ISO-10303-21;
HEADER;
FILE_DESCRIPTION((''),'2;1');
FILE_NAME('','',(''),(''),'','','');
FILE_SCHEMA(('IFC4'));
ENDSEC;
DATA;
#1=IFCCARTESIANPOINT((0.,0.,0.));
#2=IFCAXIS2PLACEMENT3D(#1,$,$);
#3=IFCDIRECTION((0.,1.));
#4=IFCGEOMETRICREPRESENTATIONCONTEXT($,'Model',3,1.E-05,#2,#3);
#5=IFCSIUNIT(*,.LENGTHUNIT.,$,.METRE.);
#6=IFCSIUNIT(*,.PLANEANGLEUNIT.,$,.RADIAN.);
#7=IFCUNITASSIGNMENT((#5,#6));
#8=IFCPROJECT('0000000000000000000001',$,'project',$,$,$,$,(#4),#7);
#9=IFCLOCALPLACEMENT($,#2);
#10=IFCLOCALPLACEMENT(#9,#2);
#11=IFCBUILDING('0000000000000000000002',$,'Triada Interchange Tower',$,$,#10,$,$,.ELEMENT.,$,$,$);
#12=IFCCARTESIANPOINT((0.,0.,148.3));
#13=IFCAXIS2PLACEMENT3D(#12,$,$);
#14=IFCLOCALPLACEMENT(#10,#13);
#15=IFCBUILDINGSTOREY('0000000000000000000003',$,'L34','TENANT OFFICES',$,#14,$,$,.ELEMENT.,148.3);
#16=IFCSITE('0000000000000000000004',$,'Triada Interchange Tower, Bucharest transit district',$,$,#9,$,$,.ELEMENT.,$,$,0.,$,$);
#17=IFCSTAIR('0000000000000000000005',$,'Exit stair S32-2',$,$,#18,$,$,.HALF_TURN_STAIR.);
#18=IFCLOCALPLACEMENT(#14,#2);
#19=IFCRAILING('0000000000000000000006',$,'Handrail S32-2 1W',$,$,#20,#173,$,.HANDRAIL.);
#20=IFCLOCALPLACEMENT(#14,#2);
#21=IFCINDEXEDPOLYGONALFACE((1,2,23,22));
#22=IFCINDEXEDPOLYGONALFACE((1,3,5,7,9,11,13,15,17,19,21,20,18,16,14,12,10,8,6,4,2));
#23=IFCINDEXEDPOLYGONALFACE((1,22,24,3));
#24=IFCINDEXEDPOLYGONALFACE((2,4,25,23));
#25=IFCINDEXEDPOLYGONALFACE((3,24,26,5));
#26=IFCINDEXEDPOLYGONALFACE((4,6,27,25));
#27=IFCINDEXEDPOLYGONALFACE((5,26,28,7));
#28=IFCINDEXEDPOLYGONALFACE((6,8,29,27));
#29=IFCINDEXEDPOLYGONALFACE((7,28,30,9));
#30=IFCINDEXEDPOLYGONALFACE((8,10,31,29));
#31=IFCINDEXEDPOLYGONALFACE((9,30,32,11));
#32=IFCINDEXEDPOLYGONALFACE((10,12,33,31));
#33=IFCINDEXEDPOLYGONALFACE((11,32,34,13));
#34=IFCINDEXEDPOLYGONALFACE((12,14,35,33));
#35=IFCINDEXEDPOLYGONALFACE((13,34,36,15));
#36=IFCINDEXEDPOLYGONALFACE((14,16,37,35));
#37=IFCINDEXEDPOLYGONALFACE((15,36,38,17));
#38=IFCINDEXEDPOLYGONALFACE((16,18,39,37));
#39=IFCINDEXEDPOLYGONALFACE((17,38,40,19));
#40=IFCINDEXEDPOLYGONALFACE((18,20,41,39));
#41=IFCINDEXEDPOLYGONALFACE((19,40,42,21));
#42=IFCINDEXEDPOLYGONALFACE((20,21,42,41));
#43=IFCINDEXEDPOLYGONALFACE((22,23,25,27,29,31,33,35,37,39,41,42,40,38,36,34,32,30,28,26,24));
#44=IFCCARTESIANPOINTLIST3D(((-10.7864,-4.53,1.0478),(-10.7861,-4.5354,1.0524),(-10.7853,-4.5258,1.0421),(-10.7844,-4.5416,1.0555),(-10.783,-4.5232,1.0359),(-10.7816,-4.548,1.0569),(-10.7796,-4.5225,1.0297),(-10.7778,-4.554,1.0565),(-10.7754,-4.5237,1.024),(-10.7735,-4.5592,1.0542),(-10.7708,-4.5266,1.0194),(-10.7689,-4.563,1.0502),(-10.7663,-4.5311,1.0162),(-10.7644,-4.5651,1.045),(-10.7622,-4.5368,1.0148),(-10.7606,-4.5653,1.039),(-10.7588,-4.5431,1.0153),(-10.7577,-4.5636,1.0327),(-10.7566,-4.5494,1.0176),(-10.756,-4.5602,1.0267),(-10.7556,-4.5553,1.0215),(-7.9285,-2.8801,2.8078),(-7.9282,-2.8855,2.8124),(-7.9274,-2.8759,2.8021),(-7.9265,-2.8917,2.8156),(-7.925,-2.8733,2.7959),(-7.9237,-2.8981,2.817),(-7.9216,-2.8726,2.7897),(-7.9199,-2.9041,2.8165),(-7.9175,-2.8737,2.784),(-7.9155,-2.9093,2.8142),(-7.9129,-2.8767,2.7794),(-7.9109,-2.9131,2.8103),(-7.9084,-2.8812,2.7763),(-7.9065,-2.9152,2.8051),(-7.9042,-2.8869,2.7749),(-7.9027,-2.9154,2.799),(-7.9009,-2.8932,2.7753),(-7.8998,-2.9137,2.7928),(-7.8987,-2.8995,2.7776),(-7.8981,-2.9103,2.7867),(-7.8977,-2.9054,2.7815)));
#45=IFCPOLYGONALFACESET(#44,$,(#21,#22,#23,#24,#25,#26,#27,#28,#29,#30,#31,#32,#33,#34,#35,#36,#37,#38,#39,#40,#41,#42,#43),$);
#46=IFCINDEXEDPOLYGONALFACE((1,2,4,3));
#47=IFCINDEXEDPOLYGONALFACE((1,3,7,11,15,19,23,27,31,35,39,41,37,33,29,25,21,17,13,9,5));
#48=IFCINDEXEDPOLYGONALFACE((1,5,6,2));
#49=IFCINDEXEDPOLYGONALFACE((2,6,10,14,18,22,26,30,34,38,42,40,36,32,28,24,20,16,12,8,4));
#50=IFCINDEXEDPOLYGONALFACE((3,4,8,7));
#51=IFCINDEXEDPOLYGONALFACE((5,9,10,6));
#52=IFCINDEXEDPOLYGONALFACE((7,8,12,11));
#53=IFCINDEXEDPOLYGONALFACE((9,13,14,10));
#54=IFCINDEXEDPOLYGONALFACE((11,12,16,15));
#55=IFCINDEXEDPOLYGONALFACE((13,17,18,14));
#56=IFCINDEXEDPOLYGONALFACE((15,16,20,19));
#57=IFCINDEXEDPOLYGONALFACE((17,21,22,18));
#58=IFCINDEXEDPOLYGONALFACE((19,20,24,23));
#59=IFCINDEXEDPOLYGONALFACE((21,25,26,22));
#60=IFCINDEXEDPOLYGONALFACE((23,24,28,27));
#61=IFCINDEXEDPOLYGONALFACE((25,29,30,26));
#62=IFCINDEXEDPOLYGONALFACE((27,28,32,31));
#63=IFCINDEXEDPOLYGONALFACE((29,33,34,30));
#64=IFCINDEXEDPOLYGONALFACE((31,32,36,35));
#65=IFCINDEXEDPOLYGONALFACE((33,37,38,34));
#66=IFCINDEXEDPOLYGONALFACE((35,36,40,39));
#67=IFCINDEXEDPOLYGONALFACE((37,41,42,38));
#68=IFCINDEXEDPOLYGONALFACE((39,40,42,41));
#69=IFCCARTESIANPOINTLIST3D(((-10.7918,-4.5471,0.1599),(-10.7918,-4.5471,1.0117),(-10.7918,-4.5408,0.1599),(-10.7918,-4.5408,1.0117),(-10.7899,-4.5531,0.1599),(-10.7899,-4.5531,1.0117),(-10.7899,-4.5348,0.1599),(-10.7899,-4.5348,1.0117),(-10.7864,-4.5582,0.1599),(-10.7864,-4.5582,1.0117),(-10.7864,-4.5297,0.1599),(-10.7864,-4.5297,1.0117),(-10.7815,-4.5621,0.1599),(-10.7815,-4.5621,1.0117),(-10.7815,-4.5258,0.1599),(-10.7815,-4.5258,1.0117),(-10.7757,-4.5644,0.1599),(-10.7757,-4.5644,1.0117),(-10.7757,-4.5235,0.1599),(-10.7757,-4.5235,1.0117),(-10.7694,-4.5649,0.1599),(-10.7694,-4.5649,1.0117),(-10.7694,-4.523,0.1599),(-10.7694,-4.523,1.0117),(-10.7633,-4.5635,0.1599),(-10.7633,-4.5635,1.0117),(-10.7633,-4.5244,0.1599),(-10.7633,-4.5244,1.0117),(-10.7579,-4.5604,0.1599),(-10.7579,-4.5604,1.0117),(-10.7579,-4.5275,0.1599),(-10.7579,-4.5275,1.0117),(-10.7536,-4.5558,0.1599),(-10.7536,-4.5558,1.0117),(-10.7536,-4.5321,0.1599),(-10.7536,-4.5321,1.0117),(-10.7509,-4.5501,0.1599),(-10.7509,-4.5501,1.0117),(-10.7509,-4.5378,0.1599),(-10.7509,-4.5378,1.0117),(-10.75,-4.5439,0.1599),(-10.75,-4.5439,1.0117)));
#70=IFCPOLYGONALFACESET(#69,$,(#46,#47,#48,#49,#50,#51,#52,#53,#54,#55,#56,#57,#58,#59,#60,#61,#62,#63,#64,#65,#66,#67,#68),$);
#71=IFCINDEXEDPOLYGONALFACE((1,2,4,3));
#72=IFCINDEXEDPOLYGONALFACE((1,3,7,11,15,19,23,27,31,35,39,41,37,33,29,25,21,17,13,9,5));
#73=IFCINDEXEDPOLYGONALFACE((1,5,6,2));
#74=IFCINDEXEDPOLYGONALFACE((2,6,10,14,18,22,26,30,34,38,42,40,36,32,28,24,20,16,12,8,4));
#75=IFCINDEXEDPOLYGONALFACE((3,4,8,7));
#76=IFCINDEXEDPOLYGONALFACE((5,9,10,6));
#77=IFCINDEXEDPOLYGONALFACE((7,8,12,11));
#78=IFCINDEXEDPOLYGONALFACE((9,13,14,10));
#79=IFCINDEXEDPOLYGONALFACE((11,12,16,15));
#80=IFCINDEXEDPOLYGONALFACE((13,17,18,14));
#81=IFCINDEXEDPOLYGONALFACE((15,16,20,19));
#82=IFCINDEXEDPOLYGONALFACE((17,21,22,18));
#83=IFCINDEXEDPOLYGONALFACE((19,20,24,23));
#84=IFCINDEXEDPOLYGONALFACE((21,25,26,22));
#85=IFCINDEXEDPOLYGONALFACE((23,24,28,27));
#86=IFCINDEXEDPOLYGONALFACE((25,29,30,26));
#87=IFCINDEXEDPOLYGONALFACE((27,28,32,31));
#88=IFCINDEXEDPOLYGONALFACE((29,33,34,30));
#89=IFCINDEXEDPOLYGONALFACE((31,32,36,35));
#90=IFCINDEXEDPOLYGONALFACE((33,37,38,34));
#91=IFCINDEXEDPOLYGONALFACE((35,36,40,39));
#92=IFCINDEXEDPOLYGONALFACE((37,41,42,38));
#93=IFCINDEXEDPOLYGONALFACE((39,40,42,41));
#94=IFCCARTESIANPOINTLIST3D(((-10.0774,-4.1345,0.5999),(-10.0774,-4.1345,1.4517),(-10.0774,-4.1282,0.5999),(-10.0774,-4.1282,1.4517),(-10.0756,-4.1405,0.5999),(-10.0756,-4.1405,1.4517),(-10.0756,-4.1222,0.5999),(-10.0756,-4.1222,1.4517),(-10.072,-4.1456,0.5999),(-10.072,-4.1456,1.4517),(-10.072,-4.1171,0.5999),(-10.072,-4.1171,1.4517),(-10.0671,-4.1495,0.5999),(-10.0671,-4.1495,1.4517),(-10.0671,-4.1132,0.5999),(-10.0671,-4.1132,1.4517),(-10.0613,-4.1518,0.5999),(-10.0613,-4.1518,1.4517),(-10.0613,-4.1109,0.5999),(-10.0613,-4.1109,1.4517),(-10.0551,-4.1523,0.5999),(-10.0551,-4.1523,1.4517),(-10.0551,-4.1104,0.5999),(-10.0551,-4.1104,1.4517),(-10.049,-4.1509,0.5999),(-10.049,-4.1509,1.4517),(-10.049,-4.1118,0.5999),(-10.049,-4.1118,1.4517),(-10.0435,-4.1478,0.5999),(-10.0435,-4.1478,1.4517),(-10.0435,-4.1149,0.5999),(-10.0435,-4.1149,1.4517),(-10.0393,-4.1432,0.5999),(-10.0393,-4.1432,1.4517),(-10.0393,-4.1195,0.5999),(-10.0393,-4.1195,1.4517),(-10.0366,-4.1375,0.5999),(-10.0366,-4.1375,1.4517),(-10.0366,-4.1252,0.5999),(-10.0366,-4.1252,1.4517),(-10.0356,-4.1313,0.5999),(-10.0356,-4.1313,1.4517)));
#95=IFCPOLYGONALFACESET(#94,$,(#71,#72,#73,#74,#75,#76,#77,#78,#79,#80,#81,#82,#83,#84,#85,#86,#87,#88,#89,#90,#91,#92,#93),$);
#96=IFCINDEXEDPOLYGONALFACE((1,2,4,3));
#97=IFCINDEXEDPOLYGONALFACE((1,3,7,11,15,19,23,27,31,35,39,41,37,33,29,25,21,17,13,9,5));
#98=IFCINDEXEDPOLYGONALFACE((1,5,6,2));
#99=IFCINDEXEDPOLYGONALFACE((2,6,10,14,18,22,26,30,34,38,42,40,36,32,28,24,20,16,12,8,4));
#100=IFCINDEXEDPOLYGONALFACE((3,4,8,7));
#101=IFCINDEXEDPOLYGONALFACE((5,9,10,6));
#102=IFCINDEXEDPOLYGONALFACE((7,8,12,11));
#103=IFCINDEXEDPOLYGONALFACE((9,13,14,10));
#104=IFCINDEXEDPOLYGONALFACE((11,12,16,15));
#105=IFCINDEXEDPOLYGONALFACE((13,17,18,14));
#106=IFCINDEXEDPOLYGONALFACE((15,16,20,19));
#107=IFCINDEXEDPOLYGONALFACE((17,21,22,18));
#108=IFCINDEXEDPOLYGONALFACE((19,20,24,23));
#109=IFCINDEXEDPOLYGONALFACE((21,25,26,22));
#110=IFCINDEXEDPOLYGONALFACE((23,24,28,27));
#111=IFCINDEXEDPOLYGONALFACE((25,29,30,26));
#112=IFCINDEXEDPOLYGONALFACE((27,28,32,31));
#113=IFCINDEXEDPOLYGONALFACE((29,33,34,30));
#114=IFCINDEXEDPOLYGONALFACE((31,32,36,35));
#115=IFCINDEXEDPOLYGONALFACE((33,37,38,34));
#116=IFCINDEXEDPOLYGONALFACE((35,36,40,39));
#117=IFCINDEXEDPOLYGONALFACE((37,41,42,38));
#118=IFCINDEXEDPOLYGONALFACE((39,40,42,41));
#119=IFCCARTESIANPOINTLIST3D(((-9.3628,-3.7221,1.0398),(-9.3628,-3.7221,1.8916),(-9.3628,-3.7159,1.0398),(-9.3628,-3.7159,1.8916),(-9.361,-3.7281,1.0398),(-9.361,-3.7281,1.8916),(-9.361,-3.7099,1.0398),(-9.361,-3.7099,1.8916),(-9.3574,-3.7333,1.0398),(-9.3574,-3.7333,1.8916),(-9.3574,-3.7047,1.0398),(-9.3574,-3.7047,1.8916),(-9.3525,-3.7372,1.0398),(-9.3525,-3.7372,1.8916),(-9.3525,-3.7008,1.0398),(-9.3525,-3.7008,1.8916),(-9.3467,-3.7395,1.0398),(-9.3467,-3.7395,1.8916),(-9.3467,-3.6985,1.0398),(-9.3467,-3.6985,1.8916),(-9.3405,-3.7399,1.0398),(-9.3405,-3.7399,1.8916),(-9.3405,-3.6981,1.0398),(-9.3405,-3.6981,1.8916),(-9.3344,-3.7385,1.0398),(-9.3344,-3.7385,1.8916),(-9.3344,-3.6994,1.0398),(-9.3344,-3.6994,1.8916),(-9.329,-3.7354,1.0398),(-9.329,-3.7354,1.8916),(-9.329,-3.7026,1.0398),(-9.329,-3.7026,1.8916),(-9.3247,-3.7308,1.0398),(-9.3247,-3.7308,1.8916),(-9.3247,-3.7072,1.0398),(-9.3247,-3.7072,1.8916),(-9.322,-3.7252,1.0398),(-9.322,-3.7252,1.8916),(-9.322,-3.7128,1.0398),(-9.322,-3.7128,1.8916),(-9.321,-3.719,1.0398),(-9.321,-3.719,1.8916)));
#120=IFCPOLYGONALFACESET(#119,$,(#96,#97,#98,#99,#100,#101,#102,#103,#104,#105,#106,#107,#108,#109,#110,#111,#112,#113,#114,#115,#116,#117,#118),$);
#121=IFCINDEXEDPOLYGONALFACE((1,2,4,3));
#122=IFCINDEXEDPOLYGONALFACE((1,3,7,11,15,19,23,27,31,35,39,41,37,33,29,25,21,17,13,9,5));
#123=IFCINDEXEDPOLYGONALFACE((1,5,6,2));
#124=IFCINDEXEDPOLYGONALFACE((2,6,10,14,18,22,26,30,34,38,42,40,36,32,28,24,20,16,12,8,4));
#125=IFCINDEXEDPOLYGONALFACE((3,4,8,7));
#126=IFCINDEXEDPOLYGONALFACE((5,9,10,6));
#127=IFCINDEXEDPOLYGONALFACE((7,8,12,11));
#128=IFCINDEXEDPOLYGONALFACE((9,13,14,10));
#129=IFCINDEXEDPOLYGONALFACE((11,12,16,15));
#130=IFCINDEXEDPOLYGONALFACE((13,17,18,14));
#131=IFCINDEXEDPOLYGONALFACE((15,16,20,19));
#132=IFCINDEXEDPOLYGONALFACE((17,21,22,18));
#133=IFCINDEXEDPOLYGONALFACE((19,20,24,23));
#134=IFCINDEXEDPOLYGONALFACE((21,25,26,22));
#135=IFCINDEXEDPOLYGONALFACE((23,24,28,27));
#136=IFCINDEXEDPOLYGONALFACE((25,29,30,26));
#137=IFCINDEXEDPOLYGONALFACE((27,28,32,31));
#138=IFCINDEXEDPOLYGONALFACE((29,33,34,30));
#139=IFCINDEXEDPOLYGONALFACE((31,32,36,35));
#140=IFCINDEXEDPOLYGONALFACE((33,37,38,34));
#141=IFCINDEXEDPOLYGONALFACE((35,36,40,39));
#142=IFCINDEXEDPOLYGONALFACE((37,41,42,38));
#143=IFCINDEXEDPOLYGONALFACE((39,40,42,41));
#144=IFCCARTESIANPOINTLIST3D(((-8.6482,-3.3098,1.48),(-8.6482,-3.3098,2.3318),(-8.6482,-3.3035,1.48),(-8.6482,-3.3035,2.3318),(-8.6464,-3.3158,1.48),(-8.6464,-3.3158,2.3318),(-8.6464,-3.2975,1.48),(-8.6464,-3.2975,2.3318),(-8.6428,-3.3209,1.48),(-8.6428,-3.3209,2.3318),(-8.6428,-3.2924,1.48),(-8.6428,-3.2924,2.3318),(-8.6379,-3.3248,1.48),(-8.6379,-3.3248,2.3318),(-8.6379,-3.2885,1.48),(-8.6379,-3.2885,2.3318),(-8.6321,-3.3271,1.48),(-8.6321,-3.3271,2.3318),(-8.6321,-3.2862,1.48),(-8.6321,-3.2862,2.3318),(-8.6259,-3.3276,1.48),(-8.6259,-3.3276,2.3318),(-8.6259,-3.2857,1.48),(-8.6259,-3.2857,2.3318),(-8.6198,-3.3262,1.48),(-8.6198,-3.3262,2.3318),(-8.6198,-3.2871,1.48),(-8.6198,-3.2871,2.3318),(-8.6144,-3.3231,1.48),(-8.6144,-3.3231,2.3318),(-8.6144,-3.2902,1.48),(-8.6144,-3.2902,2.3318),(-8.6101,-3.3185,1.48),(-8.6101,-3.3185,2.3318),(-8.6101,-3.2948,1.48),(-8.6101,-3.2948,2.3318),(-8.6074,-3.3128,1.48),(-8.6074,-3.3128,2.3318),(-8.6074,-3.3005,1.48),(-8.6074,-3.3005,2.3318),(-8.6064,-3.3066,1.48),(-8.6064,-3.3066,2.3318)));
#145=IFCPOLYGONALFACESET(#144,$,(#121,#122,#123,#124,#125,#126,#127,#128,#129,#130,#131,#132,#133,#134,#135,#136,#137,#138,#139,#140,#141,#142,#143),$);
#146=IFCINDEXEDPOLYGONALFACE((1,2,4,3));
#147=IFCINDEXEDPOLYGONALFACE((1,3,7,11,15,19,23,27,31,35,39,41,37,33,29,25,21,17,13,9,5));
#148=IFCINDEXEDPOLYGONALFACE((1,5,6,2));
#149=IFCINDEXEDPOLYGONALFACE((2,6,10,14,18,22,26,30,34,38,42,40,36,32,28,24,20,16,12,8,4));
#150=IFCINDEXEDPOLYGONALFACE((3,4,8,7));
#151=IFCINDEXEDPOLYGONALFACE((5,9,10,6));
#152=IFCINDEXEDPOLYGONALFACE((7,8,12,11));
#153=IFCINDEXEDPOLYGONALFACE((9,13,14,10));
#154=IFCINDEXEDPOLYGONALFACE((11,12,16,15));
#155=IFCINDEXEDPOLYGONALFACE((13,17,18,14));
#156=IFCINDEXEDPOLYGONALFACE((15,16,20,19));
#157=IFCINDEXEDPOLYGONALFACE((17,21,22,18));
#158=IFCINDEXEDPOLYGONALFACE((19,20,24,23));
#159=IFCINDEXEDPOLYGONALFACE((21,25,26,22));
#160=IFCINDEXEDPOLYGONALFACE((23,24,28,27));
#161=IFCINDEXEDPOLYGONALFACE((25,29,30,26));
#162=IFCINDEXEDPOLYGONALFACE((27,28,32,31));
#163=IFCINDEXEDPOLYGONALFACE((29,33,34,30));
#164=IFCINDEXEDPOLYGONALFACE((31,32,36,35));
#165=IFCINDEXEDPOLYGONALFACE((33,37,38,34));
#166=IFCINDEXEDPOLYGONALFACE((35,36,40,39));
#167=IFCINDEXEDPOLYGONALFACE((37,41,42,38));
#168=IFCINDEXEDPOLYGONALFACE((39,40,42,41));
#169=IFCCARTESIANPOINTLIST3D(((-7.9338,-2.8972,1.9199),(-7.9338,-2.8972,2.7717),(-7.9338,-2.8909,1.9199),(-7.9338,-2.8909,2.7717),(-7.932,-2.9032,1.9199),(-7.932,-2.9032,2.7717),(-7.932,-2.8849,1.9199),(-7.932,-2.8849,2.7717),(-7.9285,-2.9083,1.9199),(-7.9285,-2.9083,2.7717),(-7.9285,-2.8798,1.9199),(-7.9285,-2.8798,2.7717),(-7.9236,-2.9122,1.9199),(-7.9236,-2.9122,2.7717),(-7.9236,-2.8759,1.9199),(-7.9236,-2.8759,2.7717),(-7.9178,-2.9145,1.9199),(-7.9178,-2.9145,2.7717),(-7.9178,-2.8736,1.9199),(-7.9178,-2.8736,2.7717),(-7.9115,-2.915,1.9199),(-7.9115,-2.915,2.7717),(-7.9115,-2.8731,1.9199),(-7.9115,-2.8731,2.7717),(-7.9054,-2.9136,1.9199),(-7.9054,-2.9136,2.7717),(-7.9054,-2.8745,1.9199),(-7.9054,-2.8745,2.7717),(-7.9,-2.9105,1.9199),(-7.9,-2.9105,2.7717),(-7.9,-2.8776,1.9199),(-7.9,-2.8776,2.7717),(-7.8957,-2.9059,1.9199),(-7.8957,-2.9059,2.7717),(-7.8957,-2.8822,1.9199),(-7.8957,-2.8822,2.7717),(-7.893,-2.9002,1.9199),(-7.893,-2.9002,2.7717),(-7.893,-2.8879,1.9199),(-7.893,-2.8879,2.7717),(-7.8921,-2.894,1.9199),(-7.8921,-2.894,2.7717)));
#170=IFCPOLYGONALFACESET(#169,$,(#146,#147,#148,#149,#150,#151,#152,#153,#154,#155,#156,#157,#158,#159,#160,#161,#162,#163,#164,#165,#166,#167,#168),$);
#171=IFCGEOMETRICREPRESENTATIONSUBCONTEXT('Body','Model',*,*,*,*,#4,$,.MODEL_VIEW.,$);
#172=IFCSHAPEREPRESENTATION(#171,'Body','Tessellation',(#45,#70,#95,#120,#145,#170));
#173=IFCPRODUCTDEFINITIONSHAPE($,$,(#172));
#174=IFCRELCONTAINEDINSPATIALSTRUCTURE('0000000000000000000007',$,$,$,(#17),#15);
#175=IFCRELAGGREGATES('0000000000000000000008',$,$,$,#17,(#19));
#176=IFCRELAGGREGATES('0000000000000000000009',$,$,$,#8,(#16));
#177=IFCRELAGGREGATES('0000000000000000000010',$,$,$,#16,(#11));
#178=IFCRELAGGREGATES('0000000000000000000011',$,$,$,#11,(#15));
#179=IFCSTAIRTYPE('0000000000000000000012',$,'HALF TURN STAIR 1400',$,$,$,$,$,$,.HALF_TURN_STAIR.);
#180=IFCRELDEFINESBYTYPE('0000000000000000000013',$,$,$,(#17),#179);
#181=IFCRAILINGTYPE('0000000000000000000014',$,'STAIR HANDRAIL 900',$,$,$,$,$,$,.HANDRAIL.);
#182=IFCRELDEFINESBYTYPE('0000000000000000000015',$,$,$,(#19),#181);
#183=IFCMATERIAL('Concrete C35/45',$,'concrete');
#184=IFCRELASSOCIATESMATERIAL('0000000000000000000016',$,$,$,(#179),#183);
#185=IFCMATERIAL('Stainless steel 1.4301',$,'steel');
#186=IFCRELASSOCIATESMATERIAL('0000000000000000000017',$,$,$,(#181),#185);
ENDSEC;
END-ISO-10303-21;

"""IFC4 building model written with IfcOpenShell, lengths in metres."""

from ifc_helpers import new_model, si_unit, direction, frame, origin, origin_2d, place, context, subcontext, project, spatial, circle, extrude, material, type_object, element, aggregate, save


model = new_model("IFC4")

# Units and contexts
model_context = context("Model", 3, precision=1e-05, world=origin(), true_north=direction((0.0, 1.0)))
body_context = subcontext(model_context, "Body", "Model", "MODEL_VIEW")
ifc_project = project(units=[si_unit("LENGTHUNIT", "METRE"), si_unit("PLANEANGLEUNIT", "RADIAN")], contexts=[model_context])

# Site, building, storey
site_placement = place(None, origin())
site = spatial("IfcSite", under=ifc_project, at=site_placement, Name="Triada Interchange Tower, Bucharest transit district", CompositionType="ELEMENT", RefElevation=0.0)
building_placement = place(site_placement, origin())
building = spatial("IfcBuilding", under=site, at=building_placement, Name="Triada Interchange Tower", CompositionType="ELEMENT")
storey_placement = place(building_placement, frame((0.0, 0.0, 148.3)))
storey = spatial("IfcBuildingStorey", under=building, at=storey_placement, Name="L34", Description="TENANT OFFICES", CompositionType="ELEMENT", Elevation=148.3)

# Stair, railing
ifc_material_1 = material(Name="Concrete C35/45", Category="concrete")
stair_type = type_object("IfcStairType", Name="HALF TURN STAIR 1400", PredefinedType="HALF_TURN_STAIR", material=ifc_material_1)
stair_placement = place(storey_placement, origin())
stair = element("IfcStair", 1, at=stair_placement, inside=storey, type_object=stair_type, Name="Exit stair S32-2", PredefinedType="HALF_TURN_STAIR")
ifc_material_2 = material(Name="Stainless steel 1.4301", Category="steel")
railing_type = type_object("IfcRailingType", Name="STAIR HANDRAIL 900", PredefinedType="HANDRAIL", material=ifc_material_2)
railing_1_placement = place(storey_placement, frame((-10.771, -4.5439, 0.1599)))
railing_1 = element("IfcRailing", 2, at=railing_1_placement, type_object=railing_type, Name="Handrail S32-2 1W", PredefinedType="HANDRAIL", context=body_context, shape_type="SweptSolid", body=[
    extrude(circle(Radius=0.0239, at=origin_2d()), frame((0.0, 0.0, 0.876), z_axis=(0.764151, 0.441153, 0.470593), x_axis=(-0.499974, 0.86604, 0.0)), (0.0, 0.0, 1.0), 3.74),
    extrude(circle(Radius=0.021, at=origin_2d()), origin(), (0.0, 0.0, 1.0), 0.8518),
    extrude(circle(Radius=0.021, at=origin_2d()), frame((0.7144, 0.4126, 0.4399)), (0.0, 0.0, 1.0), 0.8518),
    extrude(circle(Radius=0.021, at=origin_2d()), frame((1.429, 0.825, 0.8799)), (0.0, 0.0, 1.0), 0.8518),
    extrude(circle(Radius=0.021, at=origin_2d()), frame((2.1436, 1.2373, 1.3201)), (0.0, 0.0, 1.0), 0.8518),
    extrude(circle(Radius=0.021, at=origin_2d()), frame((2.8579, 1.6499, 1.76)), (0.0, 0.0, 1.0), 0.8518),
])
aggregate(stair, [railing_1])

save(model, "model.ifc")
